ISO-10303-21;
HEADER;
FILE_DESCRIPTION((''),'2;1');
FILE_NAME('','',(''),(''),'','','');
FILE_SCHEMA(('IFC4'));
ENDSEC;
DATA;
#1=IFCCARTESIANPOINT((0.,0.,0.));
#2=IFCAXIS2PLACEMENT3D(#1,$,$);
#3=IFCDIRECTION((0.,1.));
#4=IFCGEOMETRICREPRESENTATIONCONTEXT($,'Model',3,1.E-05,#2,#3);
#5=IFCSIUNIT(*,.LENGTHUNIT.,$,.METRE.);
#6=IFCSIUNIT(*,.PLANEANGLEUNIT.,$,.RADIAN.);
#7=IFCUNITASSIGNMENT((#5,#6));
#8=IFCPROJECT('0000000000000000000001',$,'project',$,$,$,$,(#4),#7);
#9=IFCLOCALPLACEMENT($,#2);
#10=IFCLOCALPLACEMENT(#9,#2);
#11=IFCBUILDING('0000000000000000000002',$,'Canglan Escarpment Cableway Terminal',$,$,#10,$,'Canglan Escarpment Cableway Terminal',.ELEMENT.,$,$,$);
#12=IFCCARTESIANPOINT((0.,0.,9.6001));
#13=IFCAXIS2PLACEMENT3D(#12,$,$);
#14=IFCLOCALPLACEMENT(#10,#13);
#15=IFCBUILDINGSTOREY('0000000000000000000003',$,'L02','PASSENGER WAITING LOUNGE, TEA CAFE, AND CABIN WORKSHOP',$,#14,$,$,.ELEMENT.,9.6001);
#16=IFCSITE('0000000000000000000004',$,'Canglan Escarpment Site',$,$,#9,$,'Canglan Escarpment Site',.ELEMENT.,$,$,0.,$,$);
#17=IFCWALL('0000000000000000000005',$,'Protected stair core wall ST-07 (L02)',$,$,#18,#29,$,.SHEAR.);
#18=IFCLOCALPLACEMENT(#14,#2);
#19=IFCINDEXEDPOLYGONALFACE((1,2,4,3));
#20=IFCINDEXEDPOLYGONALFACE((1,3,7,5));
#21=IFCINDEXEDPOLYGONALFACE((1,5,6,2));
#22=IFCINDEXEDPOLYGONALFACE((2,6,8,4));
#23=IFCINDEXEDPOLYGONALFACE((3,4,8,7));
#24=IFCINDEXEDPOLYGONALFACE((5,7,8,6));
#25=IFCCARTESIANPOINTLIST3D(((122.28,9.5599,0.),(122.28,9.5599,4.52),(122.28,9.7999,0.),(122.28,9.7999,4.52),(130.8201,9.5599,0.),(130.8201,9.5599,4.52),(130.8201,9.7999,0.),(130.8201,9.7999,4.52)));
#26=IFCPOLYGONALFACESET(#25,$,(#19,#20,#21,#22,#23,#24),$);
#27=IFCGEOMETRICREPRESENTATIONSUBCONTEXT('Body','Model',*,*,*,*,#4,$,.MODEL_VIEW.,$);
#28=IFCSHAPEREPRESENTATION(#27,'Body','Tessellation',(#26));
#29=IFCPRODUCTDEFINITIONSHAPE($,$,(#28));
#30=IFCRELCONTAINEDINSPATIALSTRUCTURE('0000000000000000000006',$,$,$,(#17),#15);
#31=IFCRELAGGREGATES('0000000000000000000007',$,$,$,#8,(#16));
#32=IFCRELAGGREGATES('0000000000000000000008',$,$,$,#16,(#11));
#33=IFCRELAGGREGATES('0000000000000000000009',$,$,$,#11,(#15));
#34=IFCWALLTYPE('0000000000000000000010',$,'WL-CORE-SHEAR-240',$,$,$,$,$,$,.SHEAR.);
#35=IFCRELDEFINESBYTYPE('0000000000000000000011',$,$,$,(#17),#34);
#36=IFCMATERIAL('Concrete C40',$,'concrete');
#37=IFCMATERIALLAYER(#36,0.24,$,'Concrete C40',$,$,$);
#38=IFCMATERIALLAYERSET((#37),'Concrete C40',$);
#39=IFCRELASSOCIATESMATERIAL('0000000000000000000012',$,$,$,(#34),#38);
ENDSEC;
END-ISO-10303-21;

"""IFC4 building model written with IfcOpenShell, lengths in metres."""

from ifc_helpers import new_model, si_unit, direction, frame, frame_2d, origin, place, context, subcontext, project, spatial, rectangle, extrude, material, layer, layer_set, type_object, element, save


model = new_model("IFC4")

# Units and contexts
model_context = context("Model", 3, precision=1e-05, world=origin(), true_north=direction((0.0, 1.0)))
body_context = subcontext(model_context, "Body", "Model", "MODEL_VIEW")
ifc_project = project(units=[si_unit("LENGTHUNIT", "METRE"), si_unit("PLANEANGLEUNIT", "RADIAN")], contexts=[model_context])

# Site, building, storey
site_placement = place(None, origin())
site = spatial("IfcSite", under=ifc_project, at=site_placement, Name="Canglan Escarpment Site", LongName="Canglan Escarpment Site", CompositionType="ELEMENT", RefElevation=0.0)
building_placement = place(site_placement, origin())
building = spatial("IfcBuilding", under=site, at=building_placement, Name="Canglan Escarpment Cableway Terminal", LongName="Canglan Escarpment Cableway Terminal", CompositionType="ELEMENT")
storey_placement = place(building_placement, frame((0.0, 0.0, 9.6001)))
storey = spatial("IfcBuildingStorey", under=building, at=storey_placement, Name="L02", Description="PASSENGER WAITING LOUNGE, TEA CAFE, AND CABIN WORKSHOP", CompositionType="ELEMENT", Elevation=9.6001)

# Shared definitions
ifc_material_1 = material(Name="Concrete C40", Category="concrete")

# Wall
ifc_layer_1 = layer(ifc_material_1, 0.24, Name="Concrete C40")
ifc_layer_set_1 = layer_set([ifc_layer_1], Name="Concrete C40")
wall_type = type_object("IfcWallType", Name="WL-CORE-SHEAR-240", PredefinedType="SHEAR", material=ifc_layer_set_1)
wall_placement = place(storey_placement, frame((122.28, 9.6799, 0.0), z_axis=(0.0, 0.0, 1.0), x_axis=(1.0, 0.0, 0.0)))
element("IfcWall", 1, at=wall_placement, inside=storey, type_object=wall_type, Name="Protected stair core wall ST-07 (L02)", PredefinedType="SHEAR", context=body_context, shape_type="SweptSolid", body=[
    extrude(rectangle(XDim=8.54, YDim=0.24, at=frame_2d((4.27, 0.0))), origin(), (0.0, 0.0, 1.0), 4.52),
])

save(model, "model.ifc")
